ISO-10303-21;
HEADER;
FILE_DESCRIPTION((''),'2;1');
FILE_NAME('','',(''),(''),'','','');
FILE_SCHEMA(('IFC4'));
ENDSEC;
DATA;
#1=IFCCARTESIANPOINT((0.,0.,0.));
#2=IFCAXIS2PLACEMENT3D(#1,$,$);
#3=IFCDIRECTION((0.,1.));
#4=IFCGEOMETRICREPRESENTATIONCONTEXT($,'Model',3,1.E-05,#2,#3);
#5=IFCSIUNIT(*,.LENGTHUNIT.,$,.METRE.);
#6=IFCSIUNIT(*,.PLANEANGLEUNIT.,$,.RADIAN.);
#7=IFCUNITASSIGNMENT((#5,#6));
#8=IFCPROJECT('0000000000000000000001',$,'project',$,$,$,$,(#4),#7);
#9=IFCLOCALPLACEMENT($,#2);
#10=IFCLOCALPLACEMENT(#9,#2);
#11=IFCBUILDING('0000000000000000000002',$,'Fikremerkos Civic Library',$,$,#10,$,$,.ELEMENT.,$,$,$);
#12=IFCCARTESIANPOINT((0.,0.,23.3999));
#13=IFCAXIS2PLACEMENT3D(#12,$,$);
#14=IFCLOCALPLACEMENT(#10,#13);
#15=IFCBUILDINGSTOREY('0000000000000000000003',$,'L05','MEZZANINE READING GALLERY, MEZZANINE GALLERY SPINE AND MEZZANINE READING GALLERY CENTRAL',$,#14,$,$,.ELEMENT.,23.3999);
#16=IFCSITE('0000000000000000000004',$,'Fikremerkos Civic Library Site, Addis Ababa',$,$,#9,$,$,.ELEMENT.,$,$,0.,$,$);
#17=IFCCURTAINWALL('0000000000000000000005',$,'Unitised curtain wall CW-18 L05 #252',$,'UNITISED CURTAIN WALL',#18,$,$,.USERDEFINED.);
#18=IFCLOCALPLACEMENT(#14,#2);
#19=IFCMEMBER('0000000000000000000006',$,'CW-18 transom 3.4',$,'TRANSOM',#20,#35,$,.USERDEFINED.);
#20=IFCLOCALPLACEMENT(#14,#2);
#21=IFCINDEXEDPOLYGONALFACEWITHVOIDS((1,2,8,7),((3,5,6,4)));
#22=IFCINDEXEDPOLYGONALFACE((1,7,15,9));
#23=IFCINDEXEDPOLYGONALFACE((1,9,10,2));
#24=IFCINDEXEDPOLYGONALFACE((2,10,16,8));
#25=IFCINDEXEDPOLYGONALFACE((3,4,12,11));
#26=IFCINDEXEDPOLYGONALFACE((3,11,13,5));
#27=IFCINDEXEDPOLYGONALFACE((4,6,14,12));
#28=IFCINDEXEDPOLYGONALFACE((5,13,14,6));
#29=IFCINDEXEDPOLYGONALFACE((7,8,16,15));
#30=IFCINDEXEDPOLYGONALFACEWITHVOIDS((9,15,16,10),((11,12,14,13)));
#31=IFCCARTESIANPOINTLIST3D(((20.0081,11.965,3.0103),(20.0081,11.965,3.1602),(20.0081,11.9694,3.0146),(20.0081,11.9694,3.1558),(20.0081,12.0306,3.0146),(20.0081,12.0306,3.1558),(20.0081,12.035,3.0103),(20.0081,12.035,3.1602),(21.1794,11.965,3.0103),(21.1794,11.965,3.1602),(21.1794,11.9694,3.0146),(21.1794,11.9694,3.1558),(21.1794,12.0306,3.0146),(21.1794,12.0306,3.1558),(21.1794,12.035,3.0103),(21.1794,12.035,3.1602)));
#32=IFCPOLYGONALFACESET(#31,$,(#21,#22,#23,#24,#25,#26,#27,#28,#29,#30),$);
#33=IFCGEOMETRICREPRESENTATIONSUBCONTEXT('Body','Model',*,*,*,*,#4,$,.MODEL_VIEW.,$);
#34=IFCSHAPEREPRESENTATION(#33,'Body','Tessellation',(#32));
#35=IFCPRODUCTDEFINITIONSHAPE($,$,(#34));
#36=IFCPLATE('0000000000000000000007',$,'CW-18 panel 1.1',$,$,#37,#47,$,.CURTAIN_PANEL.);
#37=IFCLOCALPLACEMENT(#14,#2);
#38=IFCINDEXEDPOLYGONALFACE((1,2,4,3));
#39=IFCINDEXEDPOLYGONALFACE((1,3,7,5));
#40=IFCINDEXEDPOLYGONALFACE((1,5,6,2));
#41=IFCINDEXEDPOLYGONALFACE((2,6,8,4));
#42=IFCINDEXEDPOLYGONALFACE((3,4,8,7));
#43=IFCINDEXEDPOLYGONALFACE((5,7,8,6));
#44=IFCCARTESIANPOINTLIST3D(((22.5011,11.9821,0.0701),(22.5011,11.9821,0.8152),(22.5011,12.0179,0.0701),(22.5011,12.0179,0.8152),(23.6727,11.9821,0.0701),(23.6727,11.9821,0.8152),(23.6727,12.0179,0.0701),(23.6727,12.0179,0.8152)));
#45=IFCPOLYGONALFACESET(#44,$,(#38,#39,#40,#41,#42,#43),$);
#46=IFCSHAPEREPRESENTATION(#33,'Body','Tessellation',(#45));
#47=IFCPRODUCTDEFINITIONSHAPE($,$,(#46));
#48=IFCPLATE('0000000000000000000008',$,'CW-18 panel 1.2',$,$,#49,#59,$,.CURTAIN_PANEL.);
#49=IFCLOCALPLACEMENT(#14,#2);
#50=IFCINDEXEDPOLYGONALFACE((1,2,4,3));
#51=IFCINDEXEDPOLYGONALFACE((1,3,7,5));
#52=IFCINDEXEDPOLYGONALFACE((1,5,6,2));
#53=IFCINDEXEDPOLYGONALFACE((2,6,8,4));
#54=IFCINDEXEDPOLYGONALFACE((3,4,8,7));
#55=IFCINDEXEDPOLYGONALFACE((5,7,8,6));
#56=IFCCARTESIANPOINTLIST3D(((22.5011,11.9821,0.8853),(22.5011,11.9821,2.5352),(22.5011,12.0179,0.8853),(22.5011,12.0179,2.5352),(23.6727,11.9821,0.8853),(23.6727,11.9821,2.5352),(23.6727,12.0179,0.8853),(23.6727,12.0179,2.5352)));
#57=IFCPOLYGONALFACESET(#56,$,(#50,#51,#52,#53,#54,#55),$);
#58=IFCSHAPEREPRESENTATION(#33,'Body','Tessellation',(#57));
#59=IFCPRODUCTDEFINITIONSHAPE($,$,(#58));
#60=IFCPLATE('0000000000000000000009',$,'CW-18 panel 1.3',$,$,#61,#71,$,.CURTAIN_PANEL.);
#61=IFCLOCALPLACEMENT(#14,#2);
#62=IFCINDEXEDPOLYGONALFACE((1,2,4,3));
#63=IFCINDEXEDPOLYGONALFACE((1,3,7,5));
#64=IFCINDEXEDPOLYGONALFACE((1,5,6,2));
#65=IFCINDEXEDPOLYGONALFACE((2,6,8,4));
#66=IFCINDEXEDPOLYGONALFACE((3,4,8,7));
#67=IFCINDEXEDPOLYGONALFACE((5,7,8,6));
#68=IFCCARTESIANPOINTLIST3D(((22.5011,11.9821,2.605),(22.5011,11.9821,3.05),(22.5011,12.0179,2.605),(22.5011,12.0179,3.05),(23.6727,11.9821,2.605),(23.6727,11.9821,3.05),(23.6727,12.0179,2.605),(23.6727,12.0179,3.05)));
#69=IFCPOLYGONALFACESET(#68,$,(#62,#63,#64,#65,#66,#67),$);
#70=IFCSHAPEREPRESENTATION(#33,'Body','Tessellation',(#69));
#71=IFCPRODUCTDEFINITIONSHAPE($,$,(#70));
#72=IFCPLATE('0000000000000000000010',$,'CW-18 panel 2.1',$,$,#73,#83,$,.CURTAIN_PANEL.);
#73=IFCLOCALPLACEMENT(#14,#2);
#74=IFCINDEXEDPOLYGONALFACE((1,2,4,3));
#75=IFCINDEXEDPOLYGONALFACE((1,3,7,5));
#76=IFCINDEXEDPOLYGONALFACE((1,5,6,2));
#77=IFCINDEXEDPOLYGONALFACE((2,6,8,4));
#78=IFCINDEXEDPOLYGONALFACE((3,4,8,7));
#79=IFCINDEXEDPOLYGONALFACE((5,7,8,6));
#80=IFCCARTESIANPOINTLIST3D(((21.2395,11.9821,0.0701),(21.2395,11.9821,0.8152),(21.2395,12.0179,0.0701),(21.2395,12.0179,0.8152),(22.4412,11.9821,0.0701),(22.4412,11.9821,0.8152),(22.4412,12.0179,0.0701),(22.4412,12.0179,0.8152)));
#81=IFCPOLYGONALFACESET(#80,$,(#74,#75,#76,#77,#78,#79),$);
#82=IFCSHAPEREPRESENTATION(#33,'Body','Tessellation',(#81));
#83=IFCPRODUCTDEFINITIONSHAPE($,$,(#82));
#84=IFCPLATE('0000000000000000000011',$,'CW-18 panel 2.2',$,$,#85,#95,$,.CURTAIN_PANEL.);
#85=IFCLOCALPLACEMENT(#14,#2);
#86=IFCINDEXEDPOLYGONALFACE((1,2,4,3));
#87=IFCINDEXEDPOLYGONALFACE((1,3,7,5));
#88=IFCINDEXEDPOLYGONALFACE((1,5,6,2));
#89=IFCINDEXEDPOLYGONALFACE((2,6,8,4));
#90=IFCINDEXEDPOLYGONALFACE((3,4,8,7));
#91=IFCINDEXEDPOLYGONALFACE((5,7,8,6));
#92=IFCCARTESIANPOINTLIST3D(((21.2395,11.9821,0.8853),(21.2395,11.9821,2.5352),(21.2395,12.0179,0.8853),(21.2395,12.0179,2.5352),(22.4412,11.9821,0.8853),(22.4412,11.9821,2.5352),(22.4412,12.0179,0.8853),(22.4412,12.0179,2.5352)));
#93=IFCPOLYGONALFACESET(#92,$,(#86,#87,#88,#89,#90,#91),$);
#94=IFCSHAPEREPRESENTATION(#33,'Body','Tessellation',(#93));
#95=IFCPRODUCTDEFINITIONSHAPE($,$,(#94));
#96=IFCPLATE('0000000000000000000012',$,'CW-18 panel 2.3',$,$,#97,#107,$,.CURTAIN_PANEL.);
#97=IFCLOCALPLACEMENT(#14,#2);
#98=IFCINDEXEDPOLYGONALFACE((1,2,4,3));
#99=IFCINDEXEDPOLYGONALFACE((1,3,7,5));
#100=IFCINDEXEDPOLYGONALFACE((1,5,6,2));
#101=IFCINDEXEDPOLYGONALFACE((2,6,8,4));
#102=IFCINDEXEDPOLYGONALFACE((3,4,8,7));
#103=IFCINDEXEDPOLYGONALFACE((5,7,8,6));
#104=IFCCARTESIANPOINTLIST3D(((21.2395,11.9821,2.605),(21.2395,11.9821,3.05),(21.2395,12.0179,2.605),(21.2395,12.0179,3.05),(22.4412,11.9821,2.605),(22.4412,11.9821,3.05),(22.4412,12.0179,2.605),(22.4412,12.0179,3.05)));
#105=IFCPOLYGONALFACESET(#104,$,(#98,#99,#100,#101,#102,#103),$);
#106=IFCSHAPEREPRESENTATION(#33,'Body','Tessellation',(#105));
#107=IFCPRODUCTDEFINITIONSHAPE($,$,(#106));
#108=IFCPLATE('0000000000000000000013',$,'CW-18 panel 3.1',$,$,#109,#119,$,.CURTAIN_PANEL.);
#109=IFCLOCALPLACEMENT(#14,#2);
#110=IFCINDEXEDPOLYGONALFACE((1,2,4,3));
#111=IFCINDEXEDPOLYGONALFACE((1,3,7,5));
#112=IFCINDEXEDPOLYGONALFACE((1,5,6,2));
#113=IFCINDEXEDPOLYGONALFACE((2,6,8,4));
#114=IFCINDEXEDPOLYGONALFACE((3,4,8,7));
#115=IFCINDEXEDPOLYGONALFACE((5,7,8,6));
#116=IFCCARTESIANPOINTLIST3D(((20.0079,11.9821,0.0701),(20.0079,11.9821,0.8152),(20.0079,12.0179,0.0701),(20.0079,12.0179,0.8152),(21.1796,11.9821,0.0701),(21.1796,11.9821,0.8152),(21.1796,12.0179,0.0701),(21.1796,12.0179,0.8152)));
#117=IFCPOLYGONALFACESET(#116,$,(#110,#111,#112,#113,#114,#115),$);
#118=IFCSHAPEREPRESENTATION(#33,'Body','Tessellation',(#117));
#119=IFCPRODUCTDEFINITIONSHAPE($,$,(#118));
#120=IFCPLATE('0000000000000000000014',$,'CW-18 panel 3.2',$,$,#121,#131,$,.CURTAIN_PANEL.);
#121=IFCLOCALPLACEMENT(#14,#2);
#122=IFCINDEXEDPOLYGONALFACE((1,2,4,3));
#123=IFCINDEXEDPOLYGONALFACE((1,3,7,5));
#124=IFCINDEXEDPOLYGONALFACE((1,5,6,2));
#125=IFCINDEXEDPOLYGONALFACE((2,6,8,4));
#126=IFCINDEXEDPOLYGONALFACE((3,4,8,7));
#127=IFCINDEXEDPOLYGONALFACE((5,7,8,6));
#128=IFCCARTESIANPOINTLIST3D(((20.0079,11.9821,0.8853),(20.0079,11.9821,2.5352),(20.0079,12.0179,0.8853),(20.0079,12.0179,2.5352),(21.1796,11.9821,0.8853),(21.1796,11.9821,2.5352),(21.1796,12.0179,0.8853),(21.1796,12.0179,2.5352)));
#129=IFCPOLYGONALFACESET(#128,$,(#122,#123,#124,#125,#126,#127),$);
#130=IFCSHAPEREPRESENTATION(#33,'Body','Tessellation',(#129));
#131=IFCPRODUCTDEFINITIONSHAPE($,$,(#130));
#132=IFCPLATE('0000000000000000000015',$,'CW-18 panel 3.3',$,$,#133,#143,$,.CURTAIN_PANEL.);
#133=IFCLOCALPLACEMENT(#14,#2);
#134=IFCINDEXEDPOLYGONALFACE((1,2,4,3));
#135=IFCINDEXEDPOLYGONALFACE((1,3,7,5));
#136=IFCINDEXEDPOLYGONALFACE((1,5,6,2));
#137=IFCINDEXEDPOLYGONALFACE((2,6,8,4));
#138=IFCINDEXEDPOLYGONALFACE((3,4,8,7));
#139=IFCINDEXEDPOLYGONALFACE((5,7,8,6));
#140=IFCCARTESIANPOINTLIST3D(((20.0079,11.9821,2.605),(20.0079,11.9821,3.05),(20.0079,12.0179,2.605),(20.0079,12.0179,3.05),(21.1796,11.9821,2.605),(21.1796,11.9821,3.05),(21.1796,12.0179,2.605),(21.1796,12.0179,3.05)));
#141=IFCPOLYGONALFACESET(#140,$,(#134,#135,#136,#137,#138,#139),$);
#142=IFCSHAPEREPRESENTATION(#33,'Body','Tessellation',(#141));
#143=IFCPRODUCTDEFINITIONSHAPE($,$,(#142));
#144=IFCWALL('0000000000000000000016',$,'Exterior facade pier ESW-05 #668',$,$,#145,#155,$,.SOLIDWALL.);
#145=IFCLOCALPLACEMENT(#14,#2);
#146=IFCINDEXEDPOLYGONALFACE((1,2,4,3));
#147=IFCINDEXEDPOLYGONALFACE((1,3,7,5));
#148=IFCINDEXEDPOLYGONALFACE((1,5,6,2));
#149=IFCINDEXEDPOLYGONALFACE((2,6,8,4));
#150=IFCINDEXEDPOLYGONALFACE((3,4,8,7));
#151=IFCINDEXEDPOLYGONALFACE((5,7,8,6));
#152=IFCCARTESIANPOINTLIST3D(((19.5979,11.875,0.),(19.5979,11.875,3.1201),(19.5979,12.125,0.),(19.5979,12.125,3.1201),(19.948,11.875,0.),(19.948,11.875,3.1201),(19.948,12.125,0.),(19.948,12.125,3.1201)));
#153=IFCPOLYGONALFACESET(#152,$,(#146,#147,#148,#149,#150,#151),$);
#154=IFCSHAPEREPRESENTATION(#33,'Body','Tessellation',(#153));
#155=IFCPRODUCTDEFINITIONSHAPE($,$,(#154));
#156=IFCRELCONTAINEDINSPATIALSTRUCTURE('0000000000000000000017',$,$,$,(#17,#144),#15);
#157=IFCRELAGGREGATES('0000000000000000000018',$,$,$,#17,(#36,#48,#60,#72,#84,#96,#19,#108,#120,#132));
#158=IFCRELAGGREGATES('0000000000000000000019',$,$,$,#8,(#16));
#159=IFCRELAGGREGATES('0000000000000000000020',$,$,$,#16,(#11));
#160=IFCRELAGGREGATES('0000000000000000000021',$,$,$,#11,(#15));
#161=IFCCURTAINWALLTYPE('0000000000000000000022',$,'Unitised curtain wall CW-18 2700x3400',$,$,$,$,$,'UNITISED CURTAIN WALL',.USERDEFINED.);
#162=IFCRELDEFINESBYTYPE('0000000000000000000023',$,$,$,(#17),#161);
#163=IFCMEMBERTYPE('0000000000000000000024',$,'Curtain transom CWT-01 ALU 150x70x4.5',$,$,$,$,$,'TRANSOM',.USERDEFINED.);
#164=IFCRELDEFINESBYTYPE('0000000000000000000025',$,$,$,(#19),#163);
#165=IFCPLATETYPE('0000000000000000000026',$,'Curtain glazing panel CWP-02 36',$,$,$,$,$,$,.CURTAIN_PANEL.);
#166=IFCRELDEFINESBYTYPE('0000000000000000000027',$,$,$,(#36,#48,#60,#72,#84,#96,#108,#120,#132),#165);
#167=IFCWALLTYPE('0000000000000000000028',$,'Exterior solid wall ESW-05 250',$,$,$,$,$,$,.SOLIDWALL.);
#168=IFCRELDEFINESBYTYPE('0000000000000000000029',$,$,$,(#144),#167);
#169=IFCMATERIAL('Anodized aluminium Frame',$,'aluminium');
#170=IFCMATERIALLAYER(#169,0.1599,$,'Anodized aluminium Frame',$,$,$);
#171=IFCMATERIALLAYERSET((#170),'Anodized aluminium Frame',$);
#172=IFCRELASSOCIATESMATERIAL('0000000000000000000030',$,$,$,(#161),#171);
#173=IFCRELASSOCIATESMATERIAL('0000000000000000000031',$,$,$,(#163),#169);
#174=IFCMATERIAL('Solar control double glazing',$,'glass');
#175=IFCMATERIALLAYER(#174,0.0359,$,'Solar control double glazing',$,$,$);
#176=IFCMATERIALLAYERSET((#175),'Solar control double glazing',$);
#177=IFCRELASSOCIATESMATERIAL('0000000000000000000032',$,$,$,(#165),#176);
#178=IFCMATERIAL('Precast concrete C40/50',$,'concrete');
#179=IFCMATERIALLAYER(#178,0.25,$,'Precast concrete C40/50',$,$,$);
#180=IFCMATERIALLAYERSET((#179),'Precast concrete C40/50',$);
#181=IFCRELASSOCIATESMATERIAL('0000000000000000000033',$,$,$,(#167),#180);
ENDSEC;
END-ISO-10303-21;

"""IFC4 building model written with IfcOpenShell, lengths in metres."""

from ifc_helpers import new_model, si_unit, direction, frame, frame_2d, origin, origin_2d, place, context, subcontext, project, spatial, rectangle, hollow_rectangle, extrude, material, layer, layer_set, material_profile, profile_set, type_object, element, aggregate, save


model = new_model("IFC4")

# Units and contexts
model_context = context("Model", 3, precision=1e-05, world=origin(), true_north=direction((0.0, 1.0)))
body_context = subcontext(model_context, "Body", "Model", "MODEL_VIEW")
ifc_project = project(units=[si_unit("LENGTHUNIT", "METRE"), si_unit("PLANEANGLEUNIT", "RADIAN")], contexts=[model_context])

# Site, building, storey
site_placement = place(None, origin())
site = spatial("IfcSite", under=ifc_project, at=site_placement, Name="Fikremerkos Civic Library Site, Addis Ababa", CompositionType="ELEMENT", RefElevation=0.0)
building_placement = place(site_placement, origin())
building = spatial("IfcBuilding", under=site, at=building_placement, Name="Fikremerkos Civic Library", CompositionType="ELEMENT")
storey_placement = place(building_placement, frame((0.0, 0.0, 23.3999)))
storey = spatial("IfcBuildingStorey", under=building, at=storey_placement, Name="L05", Description="MEZZANINE READING GALLERY, MEZZANINE GALLERY SPINE AND MEZZANINE READING GALLERY CENTRAL", CompositionType="ELEMENT", Elevation=23.3999)

# Curtain wall, member, plates
ifc_material_1 = material(Name="Anodized aluminium Frame", Category="aluminium")
ifc_layer_1 = layer(ifc_material_1, 0.1599, Name="Anodized aluminium Frame")
ifc_layer_set_1 = layer_set([ifc_layer_1], Name="Anodized aluminium Frame")
curtain_wall_type = type_object("IfcCurtainWallType", Name="Unitised curtain wall CW-18 2700x3400", ElementType="UNITISED CURTAIN WALL", PredefinedType="USERDEFINED", material=ifc_layer_set_1)
curtain_wall_placement = place(storey_placement, origin())
curtain_wall = element("IfcCurtainWall", 1, at=curtain_wall_placement, inside=storey, type_object=curtain_wall_type, Name="Unitised curtain wall CW-18 L05 #252", ObjectType="UNITISED CURTAIN WALL", PredefinedType="USERDEFINED")
ifc_material_profile_1 = material_profile(ifc_material_1, hollow_rectangle(XDim=0.0701, YDim=0.1499, WallThickness=0.0044, at=origin_2d()), Name="ALU 150x70x4.5")
ifc_profile_set_1 = profile_set([ifc_material_profile_1], Name="Anodized aluminium Frame")
member_type_1 = type_object("IfcMemberType", Name="Curtain transom CWT-01 ALU 150x70x4.5", ElementType="TRANSOM", PredefinedType="USERDEFINED", material=ifc_profile_set_1)
member_1_placement = place(storey_placement, frame((21.1794, 12.0, 3.0852), z_axis=(-1.0, 0.0, 0.0), x_axis=(0.0, -1.0, 0.0)))
member_1 = element("IfcMember", 2, at=member_1_placement, type_object=member_type_1, Name="CW-18 transom 3.4", ObjectType="TRANSOM", PredefinedType="USERDEFINED", context=body_context, shape_type="SweptSolid", body=[
    extrude(hollow_rectangle(XDim=0.0701, YDim=0.1499, WallThickness=0.0044, at=origin_2d()), origin(), (0.0, 0.0, 1.0), 1.1714),
])
ifc_material_2 = material(Name="Solar control double glazing", Category="glass")
ifc_layer_2 = layer(ifc_material_2, 0.0359, Name="Solar control double glazing")
ifc_layer_set_2 = layer_set([ifc_layer_2], Name="Solar control double glazing")
plate_type = type_object("IfcPlateType", Name="Curtain glazing panel CWP-02 36", PredefinedType="CURTAIN_PANEL", material=ifc_layer_set_2)
plate_1_placement = place(storey_placement, frame((23.0869, 12.0, 0.0701), z_axis=(0.0, 0.0, 1.0), x_axis=(-1.0, 0.0, 0.0)))
plate_1 = element("IfcPlate", 3, at=plate_1_placement, type_object=plate_type, Name="CW-18 panel 1.1", PredefinedType="CURTAIN_PANEL", context=body_context, shape_type="SweptSolid", body=[
    extrude(rectangle(XDim=1.1716, YDim=0.0359, at=origin_2d()), origin(), (0.0, 0.0, 1.0), 0.7451),
])
plate_2_placement = place(storey_placement, frame((23.0869, 12.0, 0.8853), z_axis=(0.0, 0.0, 1.0), x_axis=(-1.0, 0.0, 0.0)))
plate_2 = element("IfcPlate", 4, at=plate_2_placement, type_object=plate_type, Name="CW-18 panel 1.2", PredefinedType="CURTAIN_PANEL", context=body_context, shape_type="SweptSolid", body=[
    extrude(rectangle(XDim=1.1716, YDim=0.0359, at=origin_2d()), origin(), (0.0, 0.0, 1.0), 1.6499),
])
plate_3_placement = place(storey_placement, frame((23.0869, 12.0, 2.605), z_axis=(0.0, 0.0, 1.0), x_axis=(-1.0, 0.0, 0.0)))
plate_3 = element("IfcPlate", 5, at=plate_3_placement, type_object=plate_type, Name="CW-18 panel 1.3", PredefinedType="CURTAIN_PANEL", context=body_context, shape_type="SweptSolid", body=[
    extrude(rectangle(XDim=1.1716, YDim=0.0359, at=origin_2d()), origin(), (0.0, 0.0, 1.0), 0.4451),
])
plate_4_placement = place(storey_placement, frame((21.8403, 12.0, 0.0701), z_axis=(0.0, 0.0, 1.0), x_axis=(-1.0, 0.0, 0.0)))
plate_4 = element("IfcPlate", 6, at=plate_4_placement, type_object=plate_type, Name="CW-18 panel 2.1", PredefinedType="CURTAIN_PANEL", context=body_context, shape_type="SweptSolid", body=[
    extrude(rectangle(XDim=1.2017, YDim=0.0359, at=origin_2d()), origin(), (0.0, 0.0, 1.0), 0.7451),
])
plate_5_placement = place(storey_placement, frame((21.8403, 12.0, 0.8853), z_axis=(0.0, 0.0, 1.0), x_axis=(-1.0, 0.0, 0.0)))
plate_5 = element("IfcPlate", 7, at=plate_5_placement, type_object=plate_type, Name="CW-18 panel 2.2", PredefinedType="CURTAIN_PANEL", context=body_context, shape_type="SweptSolid", body=[
    extrude(rectangle(XDim=1.2017, YDim=0.0359, at=origin_2d()), origin(), (0.0, 0.0, 1.0), 1.6499),
])
plate_6_placement = place(storey_placement, frame((21.8403, 12.0, 2.605), z_axis=(0.0, 0.0, 1.0), x_axis=(-1.0, 0.0, 0.0)))
plate_6 = element("IfcPlate", 8, at=plate_6_placement, type_object=plate_type, Name="CW-18 panel 2.3", PredefinedType="CURTAIN_PANEL", context=body_context, shape_type="SweptSolid", body=[
    extrude(rectangle(XDim=1.2017, YDim=0.0359, at=origin_2d()), origin(), (0.0, 0.0, 1.0), 0.4451),
])
plate_7_placement = place(storey_placement, frame((20.5938, 12.0, 0.0701), z_axis=(0.0, 0.0, 1.0), x_axis=(-1.0, 0.0, 0.0)))
plate_7 = element("IfcPlate", 9, at=plate_7_placement, type_object=plate_type, Name="CW-18 panel 3.1", PredefinedType="CURTAIN_PANEL", context=body_context, shape_type="SweptSolid", body=[
    extrude(rectangle(XDim=1.1716, YDim=0.0359, at=origin_2d()), origin(), (0.0, 0.0, 1.0), 0.7451),
])
plate_8_placement = place(storey_placement, frame((20.5938, 12.0, 0.8853), z_axis=(0.0, 0.0, 1.0), x_axis=(-1.0, 0.0, 0.0)))
plate_8 = element("IfcPlate", 10, at=plate_8_placement, type_object=plate_type, Name="CW-18 panel 3.2", PredefinedType="CURTAIN_PANEL", context=body_context, shape_type="SweptSolid", body=[
    extrude(rectangle(XDim=1.1716, YDim=0.0359, at=origin_2d()), origin(), (0.0, 0.0, 1.0), 1.6499),
])
plate_9_placement = place(storey_placement, frame((20.5938, 12.0, 2.605), z_axis=(0.0, 0.0, 1.0), x_axis=(-1.0, 0.0, 0.0)))
plate_9 = element("IfcPlate", 11, at=plate_9_placement, type_object=plate_type, Name="CW-18 panel 3.3", PredefinedType="CURTAIN_PANEL", context=body_context, shape_type="SweptSolid", body=[
    extrude(rectangle(XDim=1.1716, YDim=0.0359, at=origin_2d()), origin(), (0.0, 0.0, 1.0), 0.4451),
])
aggregate(curtain_wall, [plate_1, plate_2, plate_3, plate_4, plate_5, plate_6, member_1, plate_7, plate_8, plate_9])

# Wall
ifc_material_3 = material(Name="Precast concrete C40/50", Category="concrete")
ifc_layer_3 = layer(ifc_material_3, 0.25, Name="Precast concrete C40/50")
ifc_layer_set_3 = layer_set([ifc_layer_3], Name="Precast concrete C40/50")
wall_type = type_object("IfcWallType", Name="Exterior solid wall ESW-05 250", PredefinedType="SOLIDWALL", material=ifc_layer_set_3)
wall_placement = place(storey_placement, frame((19.948, 12.0, 0.0), z_axis=(0.0, 0.0, 1.0), x_axis=(-1.0, 0.0, 0.0)))
element("IfcWall", 12, at=wall_placement, inside=storey, type_object=wall_type, Name="Exterior facade pier ESW-05 #668", PredefinedType="SOLIDWALL", context=body_context, shape_type="SweptSolid", body=[
    extrude(rectangle(XDim=0.3501, YDim=0.25, at=frame_2d((0.175, 0.0))), origin(), (0.0, 0.0, 1.0), 3.1201),
])

save(model, "model.ifc")
